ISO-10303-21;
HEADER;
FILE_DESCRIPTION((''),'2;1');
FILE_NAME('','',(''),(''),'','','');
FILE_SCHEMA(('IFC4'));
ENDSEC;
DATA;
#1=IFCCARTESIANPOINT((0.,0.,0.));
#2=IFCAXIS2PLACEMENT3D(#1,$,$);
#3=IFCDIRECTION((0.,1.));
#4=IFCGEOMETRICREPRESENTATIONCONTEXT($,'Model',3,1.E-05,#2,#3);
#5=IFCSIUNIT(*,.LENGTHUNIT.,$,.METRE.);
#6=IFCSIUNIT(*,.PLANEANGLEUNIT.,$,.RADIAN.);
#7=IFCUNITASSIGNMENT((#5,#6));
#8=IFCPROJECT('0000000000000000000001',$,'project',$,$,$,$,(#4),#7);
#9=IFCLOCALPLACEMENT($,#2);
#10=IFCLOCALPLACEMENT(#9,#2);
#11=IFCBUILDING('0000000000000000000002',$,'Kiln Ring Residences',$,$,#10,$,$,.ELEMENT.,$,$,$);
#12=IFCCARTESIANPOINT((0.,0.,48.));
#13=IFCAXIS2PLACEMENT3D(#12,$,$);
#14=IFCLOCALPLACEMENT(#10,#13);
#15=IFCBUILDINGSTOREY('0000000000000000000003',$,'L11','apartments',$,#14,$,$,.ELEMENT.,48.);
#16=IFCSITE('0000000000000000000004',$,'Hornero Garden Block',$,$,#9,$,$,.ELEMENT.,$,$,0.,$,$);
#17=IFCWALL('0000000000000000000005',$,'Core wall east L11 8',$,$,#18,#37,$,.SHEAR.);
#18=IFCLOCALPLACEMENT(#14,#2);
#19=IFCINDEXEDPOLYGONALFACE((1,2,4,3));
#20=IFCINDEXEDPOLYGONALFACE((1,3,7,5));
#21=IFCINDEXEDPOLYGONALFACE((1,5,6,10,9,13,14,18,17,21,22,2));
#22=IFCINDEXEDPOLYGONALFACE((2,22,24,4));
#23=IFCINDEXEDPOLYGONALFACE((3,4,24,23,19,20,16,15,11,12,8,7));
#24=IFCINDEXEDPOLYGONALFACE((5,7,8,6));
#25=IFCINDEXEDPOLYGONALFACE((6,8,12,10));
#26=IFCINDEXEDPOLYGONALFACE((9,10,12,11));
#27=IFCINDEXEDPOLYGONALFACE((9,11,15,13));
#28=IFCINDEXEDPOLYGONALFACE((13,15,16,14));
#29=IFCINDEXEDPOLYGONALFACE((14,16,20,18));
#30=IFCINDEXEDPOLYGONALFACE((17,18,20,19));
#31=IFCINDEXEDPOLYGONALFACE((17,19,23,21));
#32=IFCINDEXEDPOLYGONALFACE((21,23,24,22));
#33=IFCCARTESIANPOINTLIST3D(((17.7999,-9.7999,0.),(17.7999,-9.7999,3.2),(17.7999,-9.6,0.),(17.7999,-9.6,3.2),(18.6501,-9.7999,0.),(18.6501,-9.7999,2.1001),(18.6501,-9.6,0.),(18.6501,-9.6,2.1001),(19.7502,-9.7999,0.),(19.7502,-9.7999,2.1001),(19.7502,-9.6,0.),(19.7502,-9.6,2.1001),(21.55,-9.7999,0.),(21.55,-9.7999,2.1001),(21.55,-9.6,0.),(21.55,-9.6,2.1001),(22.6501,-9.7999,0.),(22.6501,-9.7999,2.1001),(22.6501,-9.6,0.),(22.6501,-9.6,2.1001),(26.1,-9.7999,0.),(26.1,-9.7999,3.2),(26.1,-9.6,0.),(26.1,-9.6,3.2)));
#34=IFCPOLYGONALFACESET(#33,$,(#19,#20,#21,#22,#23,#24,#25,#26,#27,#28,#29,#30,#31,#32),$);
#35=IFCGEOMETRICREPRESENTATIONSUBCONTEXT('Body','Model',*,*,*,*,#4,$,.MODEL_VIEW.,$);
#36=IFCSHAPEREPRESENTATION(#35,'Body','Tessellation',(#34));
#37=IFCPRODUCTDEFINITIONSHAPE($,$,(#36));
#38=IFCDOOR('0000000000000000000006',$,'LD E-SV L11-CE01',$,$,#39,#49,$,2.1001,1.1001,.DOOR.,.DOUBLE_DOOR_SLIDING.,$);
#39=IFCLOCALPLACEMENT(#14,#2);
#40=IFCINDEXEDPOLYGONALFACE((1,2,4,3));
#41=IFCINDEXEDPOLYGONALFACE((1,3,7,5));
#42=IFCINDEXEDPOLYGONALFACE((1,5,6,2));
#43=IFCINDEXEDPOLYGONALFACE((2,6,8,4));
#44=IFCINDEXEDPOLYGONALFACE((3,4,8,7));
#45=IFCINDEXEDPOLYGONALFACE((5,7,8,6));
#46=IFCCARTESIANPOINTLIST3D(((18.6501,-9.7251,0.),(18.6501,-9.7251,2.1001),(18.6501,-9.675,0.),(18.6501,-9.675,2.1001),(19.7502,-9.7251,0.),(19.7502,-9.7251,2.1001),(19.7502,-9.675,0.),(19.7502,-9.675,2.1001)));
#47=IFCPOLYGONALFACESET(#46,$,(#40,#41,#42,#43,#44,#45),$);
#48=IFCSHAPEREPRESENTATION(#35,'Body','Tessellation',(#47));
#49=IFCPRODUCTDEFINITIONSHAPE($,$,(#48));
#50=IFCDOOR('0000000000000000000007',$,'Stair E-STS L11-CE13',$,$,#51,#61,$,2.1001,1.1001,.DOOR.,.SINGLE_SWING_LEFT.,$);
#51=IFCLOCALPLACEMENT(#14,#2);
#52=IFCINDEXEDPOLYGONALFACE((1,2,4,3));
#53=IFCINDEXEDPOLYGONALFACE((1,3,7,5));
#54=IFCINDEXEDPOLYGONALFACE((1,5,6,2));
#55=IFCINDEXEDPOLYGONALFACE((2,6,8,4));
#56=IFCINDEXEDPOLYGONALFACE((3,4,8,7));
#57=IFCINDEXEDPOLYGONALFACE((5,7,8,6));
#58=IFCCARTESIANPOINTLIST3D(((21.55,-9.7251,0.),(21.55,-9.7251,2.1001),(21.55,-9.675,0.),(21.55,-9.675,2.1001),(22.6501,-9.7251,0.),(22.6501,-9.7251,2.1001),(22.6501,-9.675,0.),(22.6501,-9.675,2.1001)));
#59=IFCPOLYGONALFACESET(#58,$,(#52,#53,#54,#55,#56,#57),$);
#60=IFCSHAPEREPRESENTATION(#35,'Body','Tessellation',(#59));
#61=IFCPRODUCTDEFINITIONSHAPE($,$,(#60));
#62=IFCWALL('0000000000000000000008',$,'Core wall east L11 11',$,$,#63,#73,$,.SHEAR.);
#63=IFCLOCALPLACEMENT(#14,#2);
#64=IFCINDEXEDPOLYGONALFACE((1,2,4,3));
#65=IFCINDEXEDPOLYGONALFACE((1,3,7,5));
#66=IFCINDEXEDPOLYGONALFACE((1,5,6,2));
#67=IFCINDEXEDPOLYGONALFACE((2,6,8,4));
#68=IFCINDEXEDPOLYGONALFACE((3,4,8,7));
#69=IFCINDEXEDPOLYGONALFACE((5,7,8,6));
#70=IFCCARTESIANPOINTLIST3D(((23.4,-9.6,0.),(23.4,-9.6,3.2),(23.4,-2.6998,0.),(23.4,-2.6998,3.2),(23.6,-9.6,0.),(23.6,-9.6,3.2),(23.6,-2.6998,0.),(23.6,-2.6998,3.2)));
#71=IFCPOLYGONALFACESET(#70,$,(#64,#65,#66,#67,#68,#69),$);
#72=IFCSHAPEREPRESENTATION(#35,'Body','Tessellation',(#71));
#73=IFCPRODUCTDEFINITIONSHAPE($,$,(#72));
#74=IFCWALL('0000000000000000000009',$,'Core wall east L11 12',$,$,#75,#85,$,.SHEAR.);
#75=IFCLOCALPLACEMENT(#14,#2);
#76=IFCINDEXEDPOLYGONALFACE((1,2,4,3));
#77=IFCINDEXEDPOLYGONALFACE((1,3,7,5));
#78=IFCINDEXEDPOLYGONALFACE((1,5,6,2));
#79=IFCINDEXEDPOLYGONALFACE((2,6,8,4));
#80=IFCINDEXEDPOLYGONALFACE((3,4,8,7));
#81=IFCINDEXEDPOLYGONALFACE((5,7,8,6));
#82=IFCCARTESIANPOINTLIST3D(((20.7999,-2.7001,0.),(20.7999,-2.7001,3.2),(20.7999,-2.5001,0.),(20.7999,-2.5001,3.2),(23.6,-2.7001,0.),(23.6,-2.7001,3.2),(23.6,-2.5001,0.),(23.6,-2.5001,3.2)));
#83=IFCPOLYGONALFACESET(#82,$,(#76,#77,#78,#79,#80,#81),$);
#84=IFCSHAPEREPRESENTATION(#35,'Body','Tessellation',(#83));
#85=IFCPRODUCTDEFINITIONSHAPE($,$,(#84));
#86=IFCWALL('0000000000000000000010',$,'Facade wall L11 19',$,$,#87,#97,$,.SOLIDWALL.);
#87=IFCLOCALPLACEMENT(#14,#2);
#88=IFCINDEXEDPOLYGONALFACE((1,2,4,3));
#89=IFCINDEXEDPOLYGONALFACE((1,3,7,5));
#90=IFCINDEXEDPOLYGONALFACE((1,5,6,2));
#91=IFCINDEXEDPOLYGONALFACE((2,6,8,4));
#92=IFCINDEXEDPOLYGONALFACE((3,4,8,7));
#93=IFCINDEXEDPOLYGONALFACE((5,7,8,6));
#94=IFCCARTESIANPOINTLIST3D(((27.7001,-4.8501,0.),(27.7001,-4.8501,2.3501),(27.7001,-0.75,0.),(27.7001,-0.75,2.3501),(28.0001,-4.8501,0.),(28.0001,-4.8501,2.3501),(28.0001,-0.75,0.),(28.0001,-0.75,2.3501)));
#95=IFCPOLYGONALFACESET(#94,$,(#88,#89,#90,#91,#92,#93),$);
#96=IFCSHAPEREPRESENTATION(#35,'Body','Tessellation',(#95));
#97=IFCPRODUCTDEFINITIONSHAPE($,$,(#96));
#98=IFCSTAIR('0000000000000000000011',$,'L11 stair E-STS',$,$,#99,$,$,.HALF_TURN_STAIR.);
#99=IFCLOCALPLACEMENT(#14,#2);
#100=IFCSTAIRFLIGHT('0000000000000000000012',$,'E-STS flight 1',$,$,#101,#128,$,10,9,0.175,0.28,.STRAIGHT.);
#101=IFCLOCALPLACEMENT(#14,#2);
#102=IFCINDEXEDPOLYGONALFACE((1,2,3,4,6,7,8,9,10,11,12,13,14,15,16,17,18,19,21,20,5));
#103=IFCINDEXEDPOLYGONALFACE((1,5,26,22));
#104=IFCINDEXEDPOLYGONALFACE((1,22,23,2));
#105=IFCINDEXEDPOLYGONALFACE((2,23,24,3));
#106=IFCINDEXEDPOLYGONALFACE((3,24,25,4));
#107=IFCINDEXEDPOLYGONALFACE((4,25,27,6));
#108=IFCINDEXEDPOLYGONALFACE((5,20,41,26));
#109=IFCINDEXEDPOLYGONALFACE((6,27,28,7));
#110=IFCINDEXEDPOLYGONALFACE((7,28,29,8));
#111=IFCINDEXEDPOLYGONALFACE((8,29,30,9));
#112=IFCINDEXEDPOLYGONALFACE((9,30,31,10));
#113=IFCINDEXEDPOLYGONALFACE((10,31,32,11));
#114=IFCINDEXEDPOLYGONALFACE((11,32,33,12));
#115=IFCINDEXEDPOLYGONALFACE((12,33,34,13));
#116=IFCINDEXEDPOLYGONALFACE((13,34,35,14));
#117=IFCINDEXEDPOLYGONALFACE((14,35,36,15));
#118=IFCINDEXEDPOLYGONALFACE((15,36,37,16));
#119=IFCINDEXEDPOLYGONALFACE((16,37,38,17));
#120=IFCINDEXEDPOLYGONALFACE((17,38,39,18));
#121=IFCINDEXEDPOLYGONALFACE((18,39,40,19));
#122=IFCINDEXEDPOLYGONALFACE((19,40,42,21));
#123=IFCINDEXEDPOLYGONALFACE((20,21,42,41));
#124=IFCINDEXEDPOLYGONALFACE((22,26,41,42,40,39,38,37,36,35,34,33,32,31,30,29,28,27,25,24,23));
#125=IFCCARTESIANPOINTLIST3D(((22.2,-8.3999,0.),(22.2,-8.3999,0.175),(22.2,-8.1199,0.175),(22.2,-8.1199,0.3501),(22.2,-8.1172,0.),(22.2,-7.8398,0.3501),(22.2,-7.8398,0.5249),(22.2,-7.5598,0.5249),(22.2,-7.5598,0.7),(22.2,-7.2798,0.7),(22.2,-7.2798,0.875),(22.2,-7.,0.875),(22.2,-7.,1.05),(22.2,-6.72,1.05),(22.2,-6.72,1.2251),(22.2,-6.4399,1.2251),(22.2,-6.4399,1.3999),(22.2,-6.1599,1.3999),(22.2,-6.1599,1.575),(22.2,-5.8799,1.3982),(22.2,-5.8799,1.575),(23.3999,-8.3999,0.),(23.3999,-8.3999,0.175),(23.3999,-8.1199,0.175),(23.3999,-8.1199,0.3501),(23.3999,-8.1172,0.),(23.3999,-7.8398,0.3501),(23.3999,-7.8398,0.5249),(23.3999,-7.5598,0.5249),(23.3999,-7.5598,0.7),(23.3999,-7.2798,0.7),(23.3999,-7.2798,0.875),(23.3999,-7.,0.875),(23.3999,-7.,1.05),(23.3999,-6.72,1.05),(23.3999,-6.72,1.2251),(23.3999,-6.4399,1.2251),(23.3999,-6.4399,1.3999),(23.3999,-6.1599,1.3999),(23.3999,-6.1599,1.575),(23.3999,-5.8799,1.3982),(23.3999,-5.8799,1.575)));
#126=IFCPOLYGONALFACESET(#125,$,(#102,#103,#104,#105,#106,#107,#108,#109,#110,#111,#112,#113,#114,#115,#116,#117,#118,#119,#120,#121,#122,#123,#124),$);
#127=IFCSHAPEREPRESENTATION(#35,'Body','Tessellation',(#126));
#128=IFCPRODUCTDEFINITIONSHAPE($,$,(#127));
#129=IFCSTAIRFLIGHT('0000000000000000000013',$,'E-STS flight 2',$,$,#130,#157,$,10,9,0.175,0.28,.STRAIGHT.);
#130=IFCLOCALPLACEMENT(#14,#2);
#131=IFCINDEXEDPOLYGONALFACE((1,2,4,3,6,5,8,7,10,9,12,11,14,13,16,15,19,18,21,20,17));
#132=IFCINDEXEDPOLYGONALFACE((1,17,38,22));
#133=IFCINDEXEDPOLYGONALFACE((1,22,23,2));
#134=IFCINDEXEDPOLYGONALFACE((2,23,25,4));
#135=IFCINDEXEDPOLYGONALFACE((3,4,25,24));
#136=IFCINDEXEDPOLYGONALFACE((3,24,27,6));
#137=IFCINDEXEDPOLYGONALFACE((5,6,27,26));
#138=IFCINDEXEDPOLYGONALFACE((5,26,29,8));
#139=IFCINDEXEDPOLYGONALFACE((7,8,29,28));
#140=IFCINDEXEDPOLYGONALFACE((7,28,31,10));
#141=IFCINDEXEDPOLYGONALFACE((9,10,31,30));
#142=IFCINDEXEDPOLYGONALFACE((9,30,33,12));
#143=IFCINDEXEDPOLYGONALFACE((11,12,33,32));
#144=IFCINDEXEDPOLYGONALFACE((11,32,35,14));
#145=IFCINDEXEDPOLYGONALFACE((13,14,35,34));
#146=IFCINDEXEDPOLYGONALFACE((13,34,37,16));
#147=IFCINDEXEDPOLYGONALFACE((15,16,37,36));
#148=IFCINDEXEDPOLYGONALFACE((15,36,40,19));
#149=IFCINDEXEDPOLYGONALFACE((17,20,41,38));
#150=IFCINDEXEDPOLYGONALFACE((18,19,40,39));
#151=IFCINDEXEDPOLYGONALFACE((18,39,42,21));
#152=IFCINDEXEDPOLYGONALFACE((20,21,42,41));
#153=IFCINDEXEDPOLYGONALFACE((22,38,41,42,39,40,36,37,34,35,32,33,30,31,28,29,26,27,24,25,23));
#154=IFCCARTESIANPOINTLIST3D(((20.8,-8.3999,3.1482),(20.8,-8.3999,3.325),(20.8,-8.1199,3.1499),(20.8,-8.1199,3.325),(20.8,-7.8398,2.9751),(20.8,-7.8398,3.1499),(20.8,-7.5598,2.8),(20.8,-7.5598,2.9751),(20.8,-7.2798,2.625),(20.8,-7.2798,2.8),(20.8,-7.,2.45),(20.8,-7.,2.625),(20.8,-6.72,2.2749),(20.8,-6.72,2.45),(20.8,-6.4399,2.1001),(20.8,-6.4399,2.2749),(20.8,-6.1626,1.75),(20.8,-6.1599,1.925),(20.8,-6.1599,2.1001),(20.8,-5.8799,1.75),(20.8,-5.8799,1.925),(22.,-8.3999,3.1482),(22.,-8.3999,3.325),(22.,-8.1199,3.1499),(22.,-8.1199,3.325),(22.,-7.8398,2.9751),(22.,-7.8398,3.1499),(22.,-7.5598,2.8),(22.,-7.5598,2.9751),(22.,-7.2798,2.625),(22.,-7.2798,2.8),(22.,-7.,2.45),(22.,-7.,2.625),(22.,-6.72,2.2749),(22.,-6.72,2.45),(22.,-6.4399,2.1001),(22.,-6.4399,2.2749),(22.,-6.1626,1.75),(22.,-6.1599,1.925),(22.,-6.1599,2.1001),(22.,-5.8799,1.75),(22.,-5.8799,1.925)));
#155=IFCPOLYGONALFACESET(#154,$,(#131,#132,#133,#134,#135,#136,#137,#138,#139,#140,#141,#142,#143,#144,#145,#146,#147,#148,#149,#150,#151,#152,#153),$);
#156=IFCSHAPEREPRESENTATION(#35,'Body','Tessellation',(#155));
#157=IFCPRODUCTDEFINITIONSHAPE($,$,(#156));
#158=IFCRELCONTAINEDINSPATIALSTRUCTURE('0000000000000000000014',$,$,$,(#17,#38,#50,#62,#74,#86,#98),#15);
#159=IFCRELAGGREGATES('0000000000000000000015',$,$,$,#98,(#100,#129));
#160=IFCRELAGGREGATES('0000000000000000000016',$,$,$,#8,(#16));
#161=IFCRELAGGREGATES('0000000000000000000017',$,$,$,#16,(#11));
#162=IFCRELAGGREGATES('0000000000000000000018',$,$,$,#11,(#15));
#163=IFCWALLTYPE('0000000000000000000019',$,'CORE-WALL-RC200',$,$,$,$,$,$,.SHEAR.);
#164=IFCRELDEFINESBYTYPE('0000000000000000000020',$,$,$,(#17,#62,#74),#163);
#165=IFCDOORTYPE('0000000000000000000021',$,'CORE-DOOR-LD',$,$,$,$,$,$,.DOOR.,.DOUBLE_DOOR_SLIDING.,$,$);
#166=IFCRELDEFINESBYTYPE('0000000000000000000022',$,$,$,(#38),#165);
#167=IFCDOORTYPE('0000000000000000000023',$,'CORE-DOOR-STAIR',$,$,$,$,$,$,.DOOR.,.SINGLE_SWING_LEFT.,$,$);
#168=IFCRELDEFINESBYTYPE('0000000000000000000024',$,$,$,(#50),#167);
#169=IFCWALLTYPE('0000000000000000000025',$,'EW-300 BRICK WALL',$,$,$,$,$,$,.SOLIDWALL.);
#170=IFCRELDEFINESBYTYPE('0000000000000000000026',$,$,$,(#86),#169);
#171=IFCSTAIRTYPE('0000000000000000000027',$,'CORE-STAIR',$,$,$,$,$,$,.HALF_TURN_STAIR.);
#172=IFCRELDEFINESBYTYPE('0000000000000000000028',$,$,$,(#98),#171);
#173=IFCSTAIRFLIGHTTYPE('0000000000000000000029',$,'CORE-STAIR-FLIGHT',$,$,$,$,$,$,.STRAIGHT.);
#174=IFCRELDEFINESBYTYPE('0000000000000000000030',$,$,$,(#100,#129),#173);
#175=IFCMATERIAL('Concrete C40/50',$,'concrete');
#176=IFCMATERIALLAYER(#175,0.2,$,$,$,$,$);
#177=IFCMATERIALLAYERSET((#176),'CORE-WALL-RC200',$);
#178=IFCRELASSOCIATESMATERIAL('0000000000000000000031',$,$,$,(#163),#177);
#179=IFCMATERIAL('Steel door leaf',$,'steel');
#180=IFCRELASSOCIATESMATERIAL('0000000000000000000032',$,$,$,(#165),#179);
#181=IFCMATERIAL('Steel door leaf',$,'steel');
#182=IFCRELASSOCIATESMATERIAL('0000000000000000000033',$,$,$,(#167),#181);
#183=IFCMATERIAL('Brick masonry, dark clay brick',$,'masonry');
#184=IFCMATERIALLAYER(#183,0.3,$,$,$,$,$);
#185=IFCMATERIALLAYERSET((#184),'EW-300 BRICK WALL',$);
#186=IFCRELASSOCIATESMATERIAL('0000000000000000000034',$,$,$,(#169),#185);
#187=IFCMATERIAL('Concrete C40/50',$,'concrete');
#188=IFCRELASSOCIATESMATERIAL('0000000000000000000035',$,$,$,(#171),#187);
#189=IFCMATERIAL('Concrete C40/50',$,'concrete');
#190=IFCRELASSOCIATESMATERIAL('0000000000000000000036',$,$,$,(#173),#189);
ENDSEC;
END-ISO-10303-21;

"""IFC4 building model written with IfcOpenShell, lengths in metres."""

from ifc_helpers import new_model, si_unit, direction, frame, frame_2d, origin, place, context, subcontext, project, spatial, polyline, rectangle, outline, extrude, material, layer, layer_set, type_object, element, fill, aggregate, save


model = new_model("IFC4")

# Units and contexts
model_context = context("Model", 3, precision=1e-05, world=origin(), true_north=direction((0.0, 1.0)))
body_context = subcontext(model_context, "Body", "Model", "MODEL_VIEW")
ifc_project = project(units=[si_unit("LENGTHUNIT", "METRE"), si_unit("PLANEANGLEUNIT", "RADIAN")], contexts=[model_context])

# Site, building, storey
site_placement = place(None, origin())
site = spatial("IfcSite", under=ifc_project, at=site_placement, Name="Hornero Garden Block", CompositionType="ELEMENT", RefElevation=0.0)
building_placement = place(site_placement, origin())
building = spatial("IfcBuilding", under=site, at=building_placement, Name="Kiln Ring Residences", CompositionType="ELEMENT")
storey_placement = place(building_placement, frame((0.0, 0.0, 48.0)))
storey = spatial("IfcBuildingStorey", under=building, at=storey_placement, Name="L11", Description="apartments", CompositionType="ELEMENT", Elevation=48.0)

# Shared definitions
ifc_material_1 = material(Name="Concrete C40/50", Category="concrete")
ifc_layer_1 = layer(ifc_material_1, 0.2)
ifc_layer_set_1 = layer_set([ifc_layer_1], Name="CORE-WALL-RC200")
wall_type_1 = type_object("IfcWallType", Name="CORE-WALL-RC200", PredefinedType="SHEAR", material=ifc_layer_set_1)

# Wall, openings, doors
wall_1_placement = place(storey_placement, frame((17.8, -9.7, 0.0), z_axis=(0.0, 0.0, 1.0), x_axis=(1.0, 0.0, 0.0)))
wall_1 = element("IfcWall", 1, at=wall_1_placement, inside=storey, type_object=wall_type_1, Name="Core wall east L11 8", PredefinedType="SHEAR", context=body_context, shape_type="SweptSolid", body=[
    extrude(rectangle(XDim=8.3, YDim=0.2, at=frame_2d((4.1499, 0.0))), origin(), (0.0, 0.0, 1.0), 3.2),
])
opening_1_placement = place(wall_1_placement, frame((0.8501, 0.0, 0.0)))
opening_1 = element("IfcOpeningElement", 2, at=opening_1_placement, cuts=wall_1, PredefinedType="OPENING", context=body_context, shape_type="SweptSolid", body=[
    extrude(rectangle(XDim=1.1001, YDim=2.1001, at=frame_2d((0.55, 1.05))), frame((0.0, 0.1099, 0.0), z_axis=(0.0, -1.0, 0.0), x_axis=(1.0, 0.0, 0.0)), (0.0, 0.0, 1.0), 0.22),
])
opening_2_placement = place(wall_1_placement, frame((3.75, 0.0, 0.0)))
opening_2 = element("IfcOpeningElement", 3, at=opening_2_placement, cuts=wall_1, PredefinedType="OPENING", context=body_context, shape_type="SweptSolid", body=[
    extrude(rectangle(XDim=1.1001, YDim=2.1001, at=frame_2d((0.55, 1.05))), frame((0.0, 0.1099, 0.0), z_axis=(0.0, -1.0, 0.0), x_axis=(1.0, 0.0, 0.0)), (0.0, 0.0, 1.0), 0.22),
])
ifc_material_2 = material(Name="Steel door leaf", Category="steel")
door_type_1 = type_object("IfcDoorType", Name="CORE-DOOR-LD", OperationType="DOUBLE_DOOR_SLIDING", PredefinedType="DOOR", material=ifc_material_2)
door_1_placement = place(opening_1_placement, origin())
door_1 = element("IfcDoor", 4, at=door_1_placement, inside=storey, type_object=door_type_1, Name="LD E-SV L11-CE01", OperationType="DOUBLE_DOOR_SLIDING", OverallHeight=2.1001, OverallWidth=1.1001, PredefinedType="DOOR", context=body_context, shape_type="SweptSolid", body=[
    extrude(rectangle(XDim=1.1001, YDim=2.1001, at=frame_2d((0.55, 1.05))), frame((0.0, 0.0249, 0.0), z_axis=(0.0, -1.0, 0.0), x_axis=(1.0, 0.0, 0.0)), (0.0, 0.0, 1.0), 0.05),
])
fill(opening_1, door_1)
ifc_material_3 = material(Name="Steel door leaf", Category="steel")
door_type_2 = type_object("IfcDoorType", Name="CORE-DOOR-STAIR", OperationType="SINGLE_SWING_LEFT", PredefinedType="DOOR", material=ifc_material_3)
door_2_placement = place(opening_2_placement, origin())
door_2 = element("IfcDoor", 5, at=door_2_placement, inside=storey, type_object=door_type_2, Name="Stair E-STS L11-CE13", OperationType="SINGLE_SWING_LEFT", OverallHeight=2.1001, OverallWidth=1.1001, PredefinedType="DOOR", context=body_context, shape_type="SweptSolid", body=[
    extrude(rectangle(XDim=1.1001, YDim=2.1001, at=frame_2d((0.55, 1.05))), frame((0.0, 0.0249, 0.0), z_axis=(0.0, -1.0, 0.0), x_axis=(1.0, 0.0, 0.0)), (0.0, 0.0, 1.0), 0.05),
])
fill(opening_2, door_2)

# Walls
wall_2_placement = place(storey_placement, frame((23.5, -9.6001, 0.0), z_axis=(0.0, 0.0, 1.0), x_axis=(0.0, 1.0, 0.0)))
element("IfcWall", 6, at=wall_2_placement, inside=storey, type_object=wall_type_1, Name="Core wall east L11 11", PredefinedType="SHEAR", context=body_context, shape_type="SweptSolid", body=[
    extrude(rectangle(XDim=6.9001, YDim=0.2, at=frame_2d((3.4502, 0.0))), origin(), (0.0, 0.0, 1.0), 3.2),
])
wall_3_placement = place(storey_placement, frame((20.8, -2.6001, 0.0), z_axis=(0.0, 0.0, 1.0), x_axis=(1.0, 0.0, 0.0)))
element("IfcWall", 7, at=wall_3_placement, inside=storey, type_object=wall_type_1, Name="Core wall east L11 12", PredefinedType="SHEAR", context=body_context, shape_type="SweptSolid", body=[
    extrude(rectangle(XDim=2.8, YDim=0.2, at=frame_2d((1.3999, 0.0))), origin(), (0.0, 0.0, 1.0), 3.2),
])
ifc_material_4 = material(Name="Brick masonry, dark clay brick", Category="masonry")
ifc_layer_2 = layer(ifc_material_4, 0.3)
ifc_layer_set_2 = layer_set([ifc_layer_2], Name="EW-300 BRICK WALL")
wall_type_2 = type_object("IfcWallType", Name="EW-300 BRICK WALL", PredefinedType="SOLIDWALL", material=ifc_layer_set_2)
wall_4_placement = place(storey_placement, frame((27.8501, -4.8501, 0.0), z_axis=(0.0, 0.0, 1.0), x_axis=(0.0, 1.0, 0.0)))
element("IfcWall", 8, at=wall_4_placement, inside=storey, type_object=wall_type_2, Name="Facade wall L11 19", PredefinedType="SOLIDWALL", context=body_context, shape_type="SweptSolid", body=[
    extrude(rectangle(XDim=4.1001, YDim=0.3, at=frame_2d((2.05, 0.0))), origin(), (0.0, 0.0, 1.0), 2.3501),
])

# Stair, stair flights
ifc_material_5 = material(Name="Concrete C40/50", Category="concrete")
stair_type = type_object("IfcStairType", Name="CORE-STAIR", PredefinedType="HALF_TURN_STAIR", material=ifc_material_5)
stair_placement = place(storey_placement, origin())
stair = element("IfcStair", 9, at=stair_placement, inside=storey, type_object=stair_type, Name="L11 stair E-STS", PredefinedType="HALF_TURN_STAIR")
ifc_material_6 = material(Name="Concrete C40/50", Category="concrete")
stair_flight_type = type_object("IfcStairFlightType", Name="CORE-STAIR-FLIGHT", PredefinedType="STRAIGHT", material=ifc_material_6)
stair_flight_1_placement = place(storey_placement, frame((22.8, -8.3999, 0.0), z_axis=(0.0, 0.0, 1.0), x_axis=(0.0, 1.0, 0.0)))
stair_flight_1 = element("IfcStairFlight", 10, at=stair_flight_1_placement, type_object=stair_flight_type, Name="E-STS flight 1", NumberOfRisers=10, NumberOfTreads=9, PredefinedType="STRAIGHT", RiserHeight=0.175, TreadLength=0.28, context=body_context, shape_type="SweptSolid", body=[
    extrude(outline(polyline([(0.0, 0.0), (0.0, 0.175), (0.28, 0.175), (0.28, 0.3501), (0.5601, 0.3501), (0.5601, 0.5249), (0.8401, 0.5249), (0.8401, 0.7), (1.1201, 0.7), (1.1201, 0.875), (1.3999, 0.875), (1.3999, 1.05), (1.6799, 1.05), (1.6799, 1.2251), (1.96, 1.2251), (1.96, 1.3999), (2.24, 1.3999), (2.24, 1.575), (2.52, 1.575), (2.52, 1.75), (2.52, 1.3982), (0.2827, 0.0), (0.0, 0.0)])), frame((0.0, 0.6001, 0.0), z_axis=(0.0, -1.0, 0.0), x_axis=(1.0, 0.0, 0.0)), (0.0, 0.0, 1.0), 1.2),
])
stair_flight_2_placement = place(storey_placement, frame((21.3999, -5.8799, 1.75), z_axis=(0.0, 0.0, 1.0), x_axis=(0.0, -1.0, 0.0)))
stair_flight_2 = element("IfcStairFlight", 11, at=stair_flight_2_placement, type_object=stair_flight_type, Name="E-STS flight 2", NumberOfRisers=10, NumberOfTreads=9, PredefinedType="STRAIGHT", RiserHeight=0.175, TreadLength=0.28, context=body_context, shape_type="SweptSolid", body=[
    extrude(outline(polyline([(0.0, 0.0), (0.0, 0.175), (0.28, 0.175), (0.28, 0.3501), (0.5601, 0.3501), (0.5601, 0.5249), (0.8401, 0.5249), (0.8401, 0.7), (1.1201, 0.7), (1.1201, 0.875), (1.3999, 0.875), (1.3999, 1.05), (1.6799, 1.05), (1.6799, 1.2251), (1.96, 1.2251), (1.96, 1.3999), (2.24, 1.3999), (2.24, 1.575), (2.52, 1.575), (2.52, 1.75), (2.52, 1.3982), (0.2827, 0.0), (0.0, 0.0)])), frame((0.0, 0.6001, 0.0), z_axis=(0.0, -1.0, 0.0), x_axis=(1.0, 0.0, 0.0)), (0.0, 0.0, 1.0), 1.2),
])
aggregate(stair, [stair_flight_1, stair_flight_2])

save(model, "model.ifc")
